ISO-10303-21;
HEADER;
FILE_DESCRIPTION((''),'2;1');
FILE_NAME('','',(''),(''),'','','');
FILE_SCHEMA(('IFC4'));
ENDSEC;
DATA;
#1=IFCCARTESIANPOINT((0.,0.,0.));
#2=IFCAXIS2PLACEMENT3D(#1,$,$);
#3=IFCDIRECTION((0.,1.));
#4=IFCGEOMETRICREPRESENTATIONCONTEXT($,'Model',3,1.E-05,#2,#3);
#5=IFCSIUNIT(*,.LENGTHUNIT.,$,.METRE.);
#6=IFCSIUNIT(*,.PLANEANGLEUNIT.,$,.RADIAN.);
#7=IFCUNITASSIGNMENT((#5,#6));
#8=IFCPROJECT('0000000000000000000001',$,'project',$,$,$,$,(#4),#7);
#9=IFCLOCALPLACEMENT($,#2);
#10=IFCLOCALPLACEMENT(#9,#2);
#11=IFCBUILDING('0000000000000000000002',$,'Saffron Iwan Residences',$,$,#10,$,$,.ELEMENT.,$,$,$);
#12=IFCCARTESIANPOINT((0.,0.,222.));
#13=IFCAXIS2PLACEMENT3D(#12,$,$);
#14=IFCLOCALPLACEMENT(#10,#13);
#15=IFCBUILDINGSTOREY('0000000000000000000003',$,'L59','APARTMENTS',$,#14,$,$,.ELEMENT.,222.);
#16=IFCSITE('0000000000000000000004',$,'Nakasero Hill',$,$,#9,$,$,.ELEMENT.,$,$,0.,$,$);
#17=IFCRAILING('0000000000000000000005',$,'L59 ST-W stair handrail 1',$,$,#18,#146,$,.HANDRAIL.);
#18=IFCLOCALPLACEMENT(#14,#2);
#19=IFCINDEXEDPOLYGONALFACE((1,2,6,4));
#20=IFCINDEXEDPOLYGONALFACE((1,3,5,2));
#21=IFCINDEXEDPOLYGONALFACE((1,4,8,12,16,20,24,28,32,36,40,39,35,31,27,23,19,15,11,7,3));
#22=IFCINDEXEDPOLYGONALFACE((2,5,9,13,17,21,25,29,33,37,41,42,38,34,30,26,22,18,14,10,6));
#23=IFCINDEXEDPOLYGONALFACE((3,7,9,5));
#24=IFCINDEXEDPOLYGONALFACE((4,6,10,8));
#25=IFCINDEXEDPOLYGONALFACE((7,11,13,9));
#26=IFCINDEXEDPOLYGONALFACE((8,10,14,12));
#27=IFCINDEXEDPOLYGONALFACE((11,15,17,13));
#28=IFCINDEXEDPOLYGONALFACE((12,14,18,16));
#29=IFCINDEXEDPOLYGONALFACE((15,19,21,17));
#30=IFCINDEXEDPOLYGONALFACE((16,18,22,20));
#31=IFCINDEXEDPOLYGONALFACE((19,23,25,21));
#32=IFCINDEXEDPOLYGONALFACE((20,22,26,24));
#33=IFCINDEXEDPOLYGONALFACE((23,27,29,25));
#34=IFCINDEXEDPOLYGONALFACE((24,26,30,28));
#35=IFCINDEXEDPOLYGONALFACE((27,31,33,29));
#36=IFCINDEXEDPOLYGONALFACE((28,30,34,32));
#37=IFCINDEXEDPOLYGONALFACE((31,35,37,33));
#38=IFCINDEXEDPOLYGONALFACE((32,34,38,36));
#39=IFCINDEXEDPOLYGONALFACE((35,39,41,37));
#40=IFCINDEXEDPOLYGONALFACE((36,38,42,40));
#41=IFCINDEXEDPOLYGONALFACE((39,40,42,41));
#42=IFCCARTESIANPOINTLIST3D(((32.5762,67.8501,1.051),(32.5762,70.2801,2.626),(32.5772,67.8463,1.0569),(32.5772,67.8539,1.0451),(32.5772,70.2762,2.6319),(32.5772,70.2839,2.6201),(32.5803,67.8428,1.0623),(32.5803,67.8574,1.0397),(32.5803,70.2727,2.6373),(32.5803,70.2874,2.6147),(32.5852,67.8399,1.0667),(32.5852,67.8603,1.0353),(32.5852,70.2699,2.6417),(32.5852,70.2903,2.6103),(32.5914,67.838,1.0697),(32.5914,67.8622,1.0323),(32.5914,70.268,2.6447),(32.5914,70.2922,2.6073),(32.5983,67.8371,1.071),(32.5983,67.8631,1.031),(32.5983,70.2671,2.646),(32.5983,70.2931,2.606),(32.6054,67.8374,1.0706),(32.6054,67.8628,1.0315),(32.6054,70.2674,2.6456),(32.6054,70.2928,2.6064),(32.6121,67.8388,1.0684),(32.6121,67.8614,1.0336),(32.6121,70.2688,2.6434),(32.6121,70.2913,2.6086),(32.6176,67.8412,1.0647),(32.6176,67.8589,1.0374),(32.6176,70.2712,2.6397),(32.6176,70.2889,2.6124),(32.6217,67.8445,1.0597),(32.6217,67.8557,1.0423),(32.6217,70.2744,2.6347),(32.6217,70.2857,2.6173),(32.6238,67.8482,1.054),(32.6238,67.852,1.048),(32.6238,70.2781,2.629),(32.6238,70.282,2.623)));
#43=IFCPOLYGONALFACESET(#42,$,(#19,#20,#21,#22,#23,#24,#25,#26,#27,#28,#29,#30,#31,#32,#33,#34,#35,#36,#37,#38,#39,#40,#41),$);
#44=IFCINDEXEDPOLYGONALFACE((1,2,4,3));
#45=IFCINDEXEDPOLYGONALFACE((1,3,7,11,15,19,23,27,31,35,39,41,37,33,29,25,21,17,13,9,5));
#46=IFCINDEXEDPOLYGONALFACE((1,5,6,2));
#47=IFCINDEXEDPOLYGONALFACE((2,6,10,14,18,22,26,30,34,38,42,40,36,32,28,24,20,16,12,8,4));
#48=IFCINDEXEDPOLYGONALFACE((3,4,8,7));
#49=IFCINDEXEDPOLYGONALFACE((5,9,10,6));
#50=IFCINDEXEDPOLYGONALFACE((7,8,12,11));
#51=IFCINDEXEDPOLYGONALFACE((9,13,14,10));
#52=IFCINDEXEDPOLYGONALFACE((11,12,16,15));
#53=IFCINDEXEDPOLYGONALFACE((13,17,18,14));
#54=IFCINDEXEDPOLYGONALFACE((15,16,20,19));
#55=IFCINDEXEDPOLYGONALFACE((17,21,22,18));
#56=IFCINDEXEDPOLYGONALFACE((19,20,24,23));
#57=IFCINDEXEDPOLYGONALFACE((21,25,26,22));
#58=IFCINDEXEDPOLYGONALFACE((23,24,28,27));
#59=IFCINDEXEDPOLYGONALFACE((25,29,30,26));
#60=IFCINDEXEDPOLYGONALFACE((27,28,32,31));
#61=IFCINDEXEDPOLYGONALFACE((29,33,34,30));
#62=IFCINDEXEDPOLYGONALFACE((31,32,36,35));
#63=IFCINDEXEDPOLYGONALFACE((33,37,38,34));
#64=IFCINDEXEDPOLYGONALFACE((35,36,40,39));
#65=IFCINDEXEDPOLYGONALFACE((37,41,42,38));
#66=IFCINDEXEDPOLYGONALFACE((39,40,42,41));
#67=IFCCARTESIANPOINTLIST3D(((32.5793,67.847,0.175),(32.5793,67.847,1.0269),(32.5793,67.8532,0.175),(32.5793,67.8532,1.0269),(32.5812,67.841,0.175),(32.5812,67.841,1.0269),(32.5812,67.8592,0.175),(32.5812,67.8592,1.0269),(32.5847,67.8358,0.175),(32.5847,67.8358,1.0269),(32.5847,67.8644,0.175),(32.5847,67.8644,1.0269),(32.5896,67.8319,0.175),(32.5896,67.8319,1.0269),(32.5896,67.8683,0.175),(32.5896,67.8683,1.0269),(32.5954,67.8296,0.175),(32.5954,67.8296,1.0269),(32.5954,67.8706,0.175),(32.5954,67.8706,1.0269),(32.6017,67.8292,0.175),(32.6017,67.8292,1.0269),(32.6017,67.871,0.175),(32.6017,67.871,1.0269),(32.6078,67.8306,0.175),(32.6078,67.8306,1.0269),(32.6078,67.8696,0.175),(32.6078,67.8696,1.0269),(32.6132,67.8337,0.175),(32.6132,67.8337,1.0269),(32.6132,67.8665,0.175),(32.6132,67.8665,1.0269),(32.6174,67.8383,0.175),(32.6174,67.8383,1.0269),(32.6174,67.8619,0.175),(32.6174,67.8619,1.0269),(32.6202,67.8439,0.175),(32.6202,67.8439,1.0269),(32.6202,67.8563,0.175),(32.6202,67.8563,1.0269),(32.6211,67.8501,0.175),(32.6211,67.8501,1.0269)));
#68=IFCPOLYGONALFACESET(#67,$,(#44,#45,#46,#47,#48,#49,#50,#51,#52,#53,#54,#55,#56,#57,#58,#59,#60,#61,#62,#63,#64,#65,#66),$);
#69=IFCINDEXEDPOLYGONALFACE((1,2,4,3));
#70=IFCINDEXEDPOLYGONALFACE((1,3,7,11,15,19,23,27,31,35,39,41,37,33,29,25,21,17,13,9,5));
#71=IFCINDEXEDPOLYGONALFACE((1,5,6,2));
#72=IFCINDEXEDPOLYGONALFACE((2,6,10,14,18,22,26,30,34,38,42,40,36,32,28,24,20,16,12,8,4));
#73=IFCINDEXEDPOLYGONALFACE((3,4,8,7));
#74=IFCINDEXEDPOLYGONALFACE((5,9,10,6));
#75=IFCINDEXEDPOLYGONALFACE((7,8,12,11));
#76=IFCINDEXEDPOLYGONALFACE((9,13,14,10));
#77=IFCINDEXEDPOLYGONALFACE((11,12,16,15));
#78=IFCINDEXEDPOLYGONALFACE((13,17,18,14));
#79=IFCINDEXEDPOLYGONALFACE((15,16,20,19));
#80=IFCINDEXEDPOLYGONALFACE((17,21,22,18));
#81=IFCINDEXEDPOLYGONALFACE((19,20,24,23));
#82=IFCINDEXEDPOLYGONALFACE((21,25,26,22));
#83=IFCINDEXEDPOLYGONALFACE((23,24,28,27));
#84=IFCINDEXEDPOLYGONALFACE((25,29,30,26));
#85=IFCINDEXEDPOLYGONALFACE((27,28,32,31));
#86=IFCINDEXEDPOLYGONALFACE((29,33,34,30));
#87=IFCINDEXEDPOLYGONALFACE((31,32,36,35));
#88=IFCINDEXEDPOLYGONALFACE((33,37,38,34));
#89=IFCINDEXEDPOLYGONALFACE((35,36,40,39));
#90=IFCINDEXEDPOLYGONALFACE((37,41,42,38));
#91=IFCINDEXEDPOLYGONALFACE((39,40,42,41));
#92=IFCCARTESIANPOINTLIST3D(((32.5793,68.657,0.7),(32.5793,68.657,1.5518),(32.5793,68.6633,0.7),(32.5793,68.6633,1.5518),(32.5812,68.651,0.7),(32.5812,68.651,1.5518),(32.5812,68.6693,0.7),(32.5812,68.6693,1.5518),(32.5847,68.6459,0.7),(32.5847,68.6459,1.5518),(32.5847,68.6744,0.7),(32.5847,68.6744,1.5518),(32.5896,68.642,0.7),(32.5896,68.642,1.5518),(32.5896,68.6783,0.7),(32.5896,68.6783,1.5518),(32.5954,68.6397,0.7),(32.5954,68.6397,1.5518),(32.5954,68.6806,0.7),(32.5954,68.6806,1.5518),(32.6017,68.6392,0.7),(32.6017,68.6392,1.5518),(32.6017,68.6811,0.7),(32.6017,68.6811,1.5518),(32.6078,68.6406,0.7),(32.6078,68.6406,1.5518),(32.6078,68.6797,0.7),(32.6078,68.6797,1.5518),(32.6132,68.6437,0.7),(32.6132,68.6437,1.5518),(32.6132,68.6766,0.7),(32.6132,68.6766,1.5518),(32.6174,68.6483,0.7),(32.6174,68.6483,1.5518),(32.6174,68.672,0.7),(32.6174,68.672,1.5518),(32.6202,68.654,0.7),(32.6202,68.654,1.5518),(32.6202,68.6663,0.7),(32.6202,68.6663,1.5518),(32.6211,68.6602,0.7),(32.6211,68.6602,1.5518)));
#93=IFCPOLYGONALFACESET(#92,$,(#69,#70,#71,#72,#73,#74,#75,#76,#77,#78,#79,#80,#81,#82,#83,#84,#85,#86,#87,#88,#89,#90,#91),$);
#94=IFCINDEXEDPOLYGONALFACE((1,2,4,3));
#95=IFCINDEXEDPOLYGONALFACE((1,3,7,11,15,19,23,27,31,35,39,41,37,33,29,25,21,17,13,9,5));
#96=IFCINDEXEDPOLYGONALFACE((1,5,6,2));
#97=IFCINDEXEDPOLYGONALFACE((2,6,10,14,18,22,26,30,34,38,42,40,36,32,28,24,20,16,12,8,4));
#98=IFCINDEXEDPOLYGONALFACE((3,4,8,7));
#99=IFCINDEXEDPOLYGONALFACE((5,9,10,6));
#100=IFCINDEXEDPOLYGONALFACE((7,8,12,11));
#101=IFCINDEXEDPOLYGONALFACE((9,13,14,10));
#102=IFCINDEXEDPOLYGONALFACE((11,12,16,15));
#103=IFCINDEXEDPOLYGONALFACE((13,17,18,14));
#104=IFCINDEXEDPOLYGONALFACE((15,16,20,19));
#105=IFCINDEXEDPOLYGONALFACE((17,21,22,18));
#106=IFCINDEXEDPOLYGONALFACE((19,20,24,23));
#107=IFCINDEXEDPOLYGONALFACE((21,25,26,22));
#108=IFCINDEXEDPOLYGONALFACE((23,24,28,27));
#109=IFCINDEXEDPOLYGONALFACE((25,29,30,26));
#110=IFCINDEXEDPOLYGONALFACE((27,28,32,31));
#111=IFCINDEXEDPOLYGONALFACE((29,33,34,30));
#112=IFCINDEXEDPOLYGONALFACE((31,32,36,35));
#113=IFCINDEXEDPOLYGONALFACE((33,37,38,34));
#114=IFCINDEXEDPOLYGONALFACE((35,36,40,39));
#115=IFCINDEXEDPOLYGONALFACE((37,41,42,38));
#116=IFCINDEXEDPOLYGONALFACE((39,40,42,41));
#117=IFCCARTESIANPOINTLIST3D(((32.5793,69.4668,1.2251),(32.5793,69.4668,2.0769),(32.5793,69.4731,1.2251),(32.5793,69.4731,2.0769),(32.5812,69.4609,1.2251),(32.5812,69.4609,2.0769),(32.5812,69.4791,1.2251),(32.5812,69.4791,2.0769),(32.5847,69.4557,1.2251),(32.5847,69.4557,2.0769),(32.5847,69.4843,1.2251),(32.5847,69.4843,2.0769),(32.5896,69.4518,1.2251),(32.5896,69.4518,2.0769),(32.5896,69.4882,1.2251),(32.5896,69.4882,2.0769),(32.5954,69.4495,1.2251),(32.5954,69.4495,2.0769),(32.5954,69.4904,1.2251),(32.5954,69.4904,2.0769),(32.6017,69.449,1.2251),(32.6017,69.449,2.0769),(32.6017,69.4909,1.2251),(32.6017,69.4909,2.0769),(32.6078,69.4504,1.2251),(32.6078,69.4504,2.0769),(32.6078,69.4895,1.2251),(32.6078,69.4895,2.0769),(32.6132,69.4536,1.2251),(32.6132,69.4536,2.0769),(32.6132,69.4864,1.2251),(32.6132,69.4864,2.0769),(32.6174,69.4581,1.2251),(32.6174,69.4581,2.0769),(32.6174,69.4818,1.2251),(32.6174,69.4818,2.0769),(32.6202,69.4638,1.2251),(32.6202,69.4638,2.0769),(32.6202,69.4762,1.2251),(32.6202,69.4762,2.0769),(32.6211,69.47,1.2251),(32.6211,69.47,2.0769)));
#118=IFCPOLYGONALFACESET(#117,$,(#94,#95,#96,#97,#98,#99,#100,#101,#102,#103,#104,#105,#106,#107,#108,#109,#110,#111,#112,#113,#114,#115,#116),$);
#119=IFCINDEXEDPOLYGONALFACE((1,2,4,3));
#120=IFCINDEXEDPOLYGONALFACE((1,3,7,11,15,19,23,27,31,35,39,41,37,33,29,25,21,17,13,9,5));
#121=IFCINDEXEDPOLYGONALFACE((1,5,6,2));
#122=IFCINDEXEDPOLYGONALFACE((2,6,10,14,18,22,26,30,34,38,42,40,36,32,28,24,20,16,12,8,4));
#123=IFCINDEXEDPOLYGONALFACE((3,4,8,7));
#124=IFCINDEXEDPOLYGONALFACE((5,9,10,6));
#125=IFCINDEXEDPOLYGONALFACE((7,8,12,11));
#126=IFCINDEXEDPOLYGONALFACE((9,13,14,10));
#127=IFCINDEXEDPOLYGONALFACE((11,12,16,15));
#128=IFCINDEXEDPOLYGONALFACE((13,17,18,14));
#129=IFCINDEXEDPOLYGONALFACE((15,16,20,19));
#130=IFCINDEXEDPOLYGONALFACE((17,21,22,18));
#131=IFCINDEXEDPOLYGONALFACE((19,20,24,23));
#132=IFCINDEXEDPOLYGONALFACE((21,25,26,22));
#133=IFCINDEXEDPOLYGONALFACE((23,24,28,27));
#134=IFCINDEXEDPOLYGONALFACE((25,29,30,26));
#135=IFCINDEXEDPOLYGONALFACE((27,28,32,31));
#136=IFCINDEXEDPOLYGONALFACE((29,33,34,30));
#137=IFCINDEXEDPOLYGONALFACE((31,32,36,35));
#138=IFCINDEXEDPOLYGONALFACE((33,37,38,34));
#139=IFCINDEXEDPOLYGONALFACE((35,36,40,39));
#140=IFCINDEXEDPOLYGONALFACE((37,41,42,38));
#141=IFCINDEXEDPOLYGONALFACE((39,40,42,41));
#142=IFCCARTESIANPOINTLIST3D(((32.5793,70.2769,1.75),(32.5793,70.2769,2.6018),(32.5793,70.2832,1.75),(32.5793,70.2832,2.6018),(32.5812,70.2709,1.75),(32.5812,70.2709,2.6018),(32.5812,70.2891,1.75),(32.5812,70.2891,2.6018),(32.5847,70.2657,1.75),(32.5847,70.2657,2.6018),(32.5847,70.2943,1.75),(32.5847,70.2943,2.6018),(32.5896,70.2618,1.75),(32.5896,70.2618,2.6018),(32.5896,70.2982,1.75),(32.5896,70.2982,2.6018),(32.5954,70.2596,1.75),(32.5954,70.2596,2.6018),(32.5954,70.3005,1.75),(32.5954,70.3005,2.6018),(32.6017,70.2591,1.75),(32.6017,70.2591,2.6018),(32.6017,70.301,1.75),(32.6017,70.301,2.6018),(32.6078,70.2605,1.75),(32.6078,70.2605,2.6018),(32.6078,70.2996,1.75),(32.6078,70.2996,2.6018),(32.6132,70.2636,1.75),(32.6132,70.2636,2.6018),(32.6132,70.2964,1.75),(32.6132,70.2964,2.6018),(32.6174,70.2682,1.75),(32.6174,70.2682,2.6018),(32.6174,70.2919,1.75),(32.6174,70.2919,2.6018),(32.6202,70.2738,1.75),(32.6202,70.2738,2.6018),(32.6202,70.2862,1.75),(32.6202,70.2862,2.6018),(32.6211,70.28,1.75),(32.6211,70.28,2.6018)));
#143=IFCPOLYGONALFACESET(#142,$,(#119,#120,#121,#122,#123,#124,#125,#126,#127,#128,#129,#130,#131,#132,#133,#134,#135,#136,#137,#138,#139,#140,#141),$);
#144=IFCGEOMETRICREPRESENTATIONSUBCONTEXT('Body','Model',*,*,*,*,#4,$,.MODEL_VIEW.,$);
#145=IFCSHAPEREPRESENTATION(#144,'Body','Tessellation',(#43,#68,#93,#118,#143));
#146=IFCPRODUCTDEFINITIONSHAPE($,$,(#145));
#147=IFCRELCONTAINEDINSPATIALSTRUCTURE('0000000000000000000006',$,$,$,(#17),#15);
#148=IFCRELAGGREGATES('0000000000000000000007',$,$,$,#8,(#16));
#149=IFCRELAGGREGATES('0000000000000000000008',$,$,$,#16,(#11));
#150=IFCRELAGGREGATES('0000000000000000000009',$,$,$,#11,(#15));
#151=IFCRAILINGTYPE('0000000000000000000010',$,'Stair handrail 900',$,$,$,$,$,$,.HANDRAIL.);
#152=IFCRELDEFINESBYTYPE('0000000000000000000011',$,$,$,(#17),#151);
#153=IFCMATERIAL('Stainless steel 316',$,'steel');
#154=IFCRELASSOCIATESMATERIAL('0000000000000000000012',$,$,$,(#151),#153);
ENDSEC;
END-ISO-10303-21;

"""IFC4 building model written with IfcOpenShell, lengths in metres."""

from ifc_helpers import new_model, si_unit, direction, frame, origin, origin_2d, place, context, subcontext, project, spatial, circle, extrude, material, type_object, element, save


model = new_model("IFC4")

# Units and contexts
model_context = context("Model", 3, precision=1e-05, world=origin(), true_north=direction((0.0, 1.0)))
body_context = subcontext(model_context, "Body", "Model", "MODEL_VIEW")
ifc_project = project(units=[si_unit("LENGTHUNIT", "METRE"), si_unit("PLANEANGLEUNIT", "RADIAN")], contexts=[model_context])

# Site, building, storey
site_placement = place(None, origin())
site = spatial("IfcSite", under=ifc_project, at=site_placement, Name="Nakasero Hill", CompositionType="ELEMENT", RefElevation=0.0)
building_placement = place(site_placement, origin())
building = spatial("IfcBuilding", under=site, at=building_placement, Name="Saffron Iwan Residences", CompositionType="ELEMENT")
storey_placement = place(building_placement, frame((0.0, 0.0, 222.0)))
storey = spatial("IfcBuildingStorey", under=building, at=storey_placement, Name="L59", Description="APARTMENTS", CompositionType="ELEMENT", Elevation=222.0)

# Railing
ifc_material_1 = material(Name="Stainless steel 316", Category="steel")
railing_type = type_object("IfcRailingType", Name="Stair handrail 900", PredefinedType="HANDRAIL", material=ifc_material_1)
railing_1_placement = place(storey_placement, frame((32.6001, 67.8501, 0.175)))
element("IfcRailing", 1, at=railing_1_placement, inside=storey, type_object=railing_type, Name="L59 ST-W stair handrail 1", PredefinedType="HANDRAIL", context=body_context, shape_type="SweptSolid", body=[
    extrude(circle(Radius=0.0239, at=origin_2d()), frame((0.0, 0.0, 0.876), z_axis=(0.0, 0.839154, 0.543894), x_axis=(-1.0, 0.0, 0.0)), (0.0, 0.0, 1.0), 2.8958),
    extrude(circle(Radius=0.021, at=origin_2d()), origin(), (0.0, 0.0, 1.0), 0.8518),
    extrude(circle(Radius=0.021, at=origin_2d()), frame((0.0, 0.8101, 0.5249)), (0.0, 0.0, 1.0), 0.8518),
    extrude(circle(Radius=0.021, at=origin_2d()), frame((0.0, 1.6199, 1.05)), (0.0, 0.0, 1.0), 0.8518),
    extrude(circle(Radius=0.021, at=origin_2d()), frame((0.0, 2.4299, 1.575)), (0.0, 0.0, 1.0), 0.8518),
])

save(model, "model.ifc")
